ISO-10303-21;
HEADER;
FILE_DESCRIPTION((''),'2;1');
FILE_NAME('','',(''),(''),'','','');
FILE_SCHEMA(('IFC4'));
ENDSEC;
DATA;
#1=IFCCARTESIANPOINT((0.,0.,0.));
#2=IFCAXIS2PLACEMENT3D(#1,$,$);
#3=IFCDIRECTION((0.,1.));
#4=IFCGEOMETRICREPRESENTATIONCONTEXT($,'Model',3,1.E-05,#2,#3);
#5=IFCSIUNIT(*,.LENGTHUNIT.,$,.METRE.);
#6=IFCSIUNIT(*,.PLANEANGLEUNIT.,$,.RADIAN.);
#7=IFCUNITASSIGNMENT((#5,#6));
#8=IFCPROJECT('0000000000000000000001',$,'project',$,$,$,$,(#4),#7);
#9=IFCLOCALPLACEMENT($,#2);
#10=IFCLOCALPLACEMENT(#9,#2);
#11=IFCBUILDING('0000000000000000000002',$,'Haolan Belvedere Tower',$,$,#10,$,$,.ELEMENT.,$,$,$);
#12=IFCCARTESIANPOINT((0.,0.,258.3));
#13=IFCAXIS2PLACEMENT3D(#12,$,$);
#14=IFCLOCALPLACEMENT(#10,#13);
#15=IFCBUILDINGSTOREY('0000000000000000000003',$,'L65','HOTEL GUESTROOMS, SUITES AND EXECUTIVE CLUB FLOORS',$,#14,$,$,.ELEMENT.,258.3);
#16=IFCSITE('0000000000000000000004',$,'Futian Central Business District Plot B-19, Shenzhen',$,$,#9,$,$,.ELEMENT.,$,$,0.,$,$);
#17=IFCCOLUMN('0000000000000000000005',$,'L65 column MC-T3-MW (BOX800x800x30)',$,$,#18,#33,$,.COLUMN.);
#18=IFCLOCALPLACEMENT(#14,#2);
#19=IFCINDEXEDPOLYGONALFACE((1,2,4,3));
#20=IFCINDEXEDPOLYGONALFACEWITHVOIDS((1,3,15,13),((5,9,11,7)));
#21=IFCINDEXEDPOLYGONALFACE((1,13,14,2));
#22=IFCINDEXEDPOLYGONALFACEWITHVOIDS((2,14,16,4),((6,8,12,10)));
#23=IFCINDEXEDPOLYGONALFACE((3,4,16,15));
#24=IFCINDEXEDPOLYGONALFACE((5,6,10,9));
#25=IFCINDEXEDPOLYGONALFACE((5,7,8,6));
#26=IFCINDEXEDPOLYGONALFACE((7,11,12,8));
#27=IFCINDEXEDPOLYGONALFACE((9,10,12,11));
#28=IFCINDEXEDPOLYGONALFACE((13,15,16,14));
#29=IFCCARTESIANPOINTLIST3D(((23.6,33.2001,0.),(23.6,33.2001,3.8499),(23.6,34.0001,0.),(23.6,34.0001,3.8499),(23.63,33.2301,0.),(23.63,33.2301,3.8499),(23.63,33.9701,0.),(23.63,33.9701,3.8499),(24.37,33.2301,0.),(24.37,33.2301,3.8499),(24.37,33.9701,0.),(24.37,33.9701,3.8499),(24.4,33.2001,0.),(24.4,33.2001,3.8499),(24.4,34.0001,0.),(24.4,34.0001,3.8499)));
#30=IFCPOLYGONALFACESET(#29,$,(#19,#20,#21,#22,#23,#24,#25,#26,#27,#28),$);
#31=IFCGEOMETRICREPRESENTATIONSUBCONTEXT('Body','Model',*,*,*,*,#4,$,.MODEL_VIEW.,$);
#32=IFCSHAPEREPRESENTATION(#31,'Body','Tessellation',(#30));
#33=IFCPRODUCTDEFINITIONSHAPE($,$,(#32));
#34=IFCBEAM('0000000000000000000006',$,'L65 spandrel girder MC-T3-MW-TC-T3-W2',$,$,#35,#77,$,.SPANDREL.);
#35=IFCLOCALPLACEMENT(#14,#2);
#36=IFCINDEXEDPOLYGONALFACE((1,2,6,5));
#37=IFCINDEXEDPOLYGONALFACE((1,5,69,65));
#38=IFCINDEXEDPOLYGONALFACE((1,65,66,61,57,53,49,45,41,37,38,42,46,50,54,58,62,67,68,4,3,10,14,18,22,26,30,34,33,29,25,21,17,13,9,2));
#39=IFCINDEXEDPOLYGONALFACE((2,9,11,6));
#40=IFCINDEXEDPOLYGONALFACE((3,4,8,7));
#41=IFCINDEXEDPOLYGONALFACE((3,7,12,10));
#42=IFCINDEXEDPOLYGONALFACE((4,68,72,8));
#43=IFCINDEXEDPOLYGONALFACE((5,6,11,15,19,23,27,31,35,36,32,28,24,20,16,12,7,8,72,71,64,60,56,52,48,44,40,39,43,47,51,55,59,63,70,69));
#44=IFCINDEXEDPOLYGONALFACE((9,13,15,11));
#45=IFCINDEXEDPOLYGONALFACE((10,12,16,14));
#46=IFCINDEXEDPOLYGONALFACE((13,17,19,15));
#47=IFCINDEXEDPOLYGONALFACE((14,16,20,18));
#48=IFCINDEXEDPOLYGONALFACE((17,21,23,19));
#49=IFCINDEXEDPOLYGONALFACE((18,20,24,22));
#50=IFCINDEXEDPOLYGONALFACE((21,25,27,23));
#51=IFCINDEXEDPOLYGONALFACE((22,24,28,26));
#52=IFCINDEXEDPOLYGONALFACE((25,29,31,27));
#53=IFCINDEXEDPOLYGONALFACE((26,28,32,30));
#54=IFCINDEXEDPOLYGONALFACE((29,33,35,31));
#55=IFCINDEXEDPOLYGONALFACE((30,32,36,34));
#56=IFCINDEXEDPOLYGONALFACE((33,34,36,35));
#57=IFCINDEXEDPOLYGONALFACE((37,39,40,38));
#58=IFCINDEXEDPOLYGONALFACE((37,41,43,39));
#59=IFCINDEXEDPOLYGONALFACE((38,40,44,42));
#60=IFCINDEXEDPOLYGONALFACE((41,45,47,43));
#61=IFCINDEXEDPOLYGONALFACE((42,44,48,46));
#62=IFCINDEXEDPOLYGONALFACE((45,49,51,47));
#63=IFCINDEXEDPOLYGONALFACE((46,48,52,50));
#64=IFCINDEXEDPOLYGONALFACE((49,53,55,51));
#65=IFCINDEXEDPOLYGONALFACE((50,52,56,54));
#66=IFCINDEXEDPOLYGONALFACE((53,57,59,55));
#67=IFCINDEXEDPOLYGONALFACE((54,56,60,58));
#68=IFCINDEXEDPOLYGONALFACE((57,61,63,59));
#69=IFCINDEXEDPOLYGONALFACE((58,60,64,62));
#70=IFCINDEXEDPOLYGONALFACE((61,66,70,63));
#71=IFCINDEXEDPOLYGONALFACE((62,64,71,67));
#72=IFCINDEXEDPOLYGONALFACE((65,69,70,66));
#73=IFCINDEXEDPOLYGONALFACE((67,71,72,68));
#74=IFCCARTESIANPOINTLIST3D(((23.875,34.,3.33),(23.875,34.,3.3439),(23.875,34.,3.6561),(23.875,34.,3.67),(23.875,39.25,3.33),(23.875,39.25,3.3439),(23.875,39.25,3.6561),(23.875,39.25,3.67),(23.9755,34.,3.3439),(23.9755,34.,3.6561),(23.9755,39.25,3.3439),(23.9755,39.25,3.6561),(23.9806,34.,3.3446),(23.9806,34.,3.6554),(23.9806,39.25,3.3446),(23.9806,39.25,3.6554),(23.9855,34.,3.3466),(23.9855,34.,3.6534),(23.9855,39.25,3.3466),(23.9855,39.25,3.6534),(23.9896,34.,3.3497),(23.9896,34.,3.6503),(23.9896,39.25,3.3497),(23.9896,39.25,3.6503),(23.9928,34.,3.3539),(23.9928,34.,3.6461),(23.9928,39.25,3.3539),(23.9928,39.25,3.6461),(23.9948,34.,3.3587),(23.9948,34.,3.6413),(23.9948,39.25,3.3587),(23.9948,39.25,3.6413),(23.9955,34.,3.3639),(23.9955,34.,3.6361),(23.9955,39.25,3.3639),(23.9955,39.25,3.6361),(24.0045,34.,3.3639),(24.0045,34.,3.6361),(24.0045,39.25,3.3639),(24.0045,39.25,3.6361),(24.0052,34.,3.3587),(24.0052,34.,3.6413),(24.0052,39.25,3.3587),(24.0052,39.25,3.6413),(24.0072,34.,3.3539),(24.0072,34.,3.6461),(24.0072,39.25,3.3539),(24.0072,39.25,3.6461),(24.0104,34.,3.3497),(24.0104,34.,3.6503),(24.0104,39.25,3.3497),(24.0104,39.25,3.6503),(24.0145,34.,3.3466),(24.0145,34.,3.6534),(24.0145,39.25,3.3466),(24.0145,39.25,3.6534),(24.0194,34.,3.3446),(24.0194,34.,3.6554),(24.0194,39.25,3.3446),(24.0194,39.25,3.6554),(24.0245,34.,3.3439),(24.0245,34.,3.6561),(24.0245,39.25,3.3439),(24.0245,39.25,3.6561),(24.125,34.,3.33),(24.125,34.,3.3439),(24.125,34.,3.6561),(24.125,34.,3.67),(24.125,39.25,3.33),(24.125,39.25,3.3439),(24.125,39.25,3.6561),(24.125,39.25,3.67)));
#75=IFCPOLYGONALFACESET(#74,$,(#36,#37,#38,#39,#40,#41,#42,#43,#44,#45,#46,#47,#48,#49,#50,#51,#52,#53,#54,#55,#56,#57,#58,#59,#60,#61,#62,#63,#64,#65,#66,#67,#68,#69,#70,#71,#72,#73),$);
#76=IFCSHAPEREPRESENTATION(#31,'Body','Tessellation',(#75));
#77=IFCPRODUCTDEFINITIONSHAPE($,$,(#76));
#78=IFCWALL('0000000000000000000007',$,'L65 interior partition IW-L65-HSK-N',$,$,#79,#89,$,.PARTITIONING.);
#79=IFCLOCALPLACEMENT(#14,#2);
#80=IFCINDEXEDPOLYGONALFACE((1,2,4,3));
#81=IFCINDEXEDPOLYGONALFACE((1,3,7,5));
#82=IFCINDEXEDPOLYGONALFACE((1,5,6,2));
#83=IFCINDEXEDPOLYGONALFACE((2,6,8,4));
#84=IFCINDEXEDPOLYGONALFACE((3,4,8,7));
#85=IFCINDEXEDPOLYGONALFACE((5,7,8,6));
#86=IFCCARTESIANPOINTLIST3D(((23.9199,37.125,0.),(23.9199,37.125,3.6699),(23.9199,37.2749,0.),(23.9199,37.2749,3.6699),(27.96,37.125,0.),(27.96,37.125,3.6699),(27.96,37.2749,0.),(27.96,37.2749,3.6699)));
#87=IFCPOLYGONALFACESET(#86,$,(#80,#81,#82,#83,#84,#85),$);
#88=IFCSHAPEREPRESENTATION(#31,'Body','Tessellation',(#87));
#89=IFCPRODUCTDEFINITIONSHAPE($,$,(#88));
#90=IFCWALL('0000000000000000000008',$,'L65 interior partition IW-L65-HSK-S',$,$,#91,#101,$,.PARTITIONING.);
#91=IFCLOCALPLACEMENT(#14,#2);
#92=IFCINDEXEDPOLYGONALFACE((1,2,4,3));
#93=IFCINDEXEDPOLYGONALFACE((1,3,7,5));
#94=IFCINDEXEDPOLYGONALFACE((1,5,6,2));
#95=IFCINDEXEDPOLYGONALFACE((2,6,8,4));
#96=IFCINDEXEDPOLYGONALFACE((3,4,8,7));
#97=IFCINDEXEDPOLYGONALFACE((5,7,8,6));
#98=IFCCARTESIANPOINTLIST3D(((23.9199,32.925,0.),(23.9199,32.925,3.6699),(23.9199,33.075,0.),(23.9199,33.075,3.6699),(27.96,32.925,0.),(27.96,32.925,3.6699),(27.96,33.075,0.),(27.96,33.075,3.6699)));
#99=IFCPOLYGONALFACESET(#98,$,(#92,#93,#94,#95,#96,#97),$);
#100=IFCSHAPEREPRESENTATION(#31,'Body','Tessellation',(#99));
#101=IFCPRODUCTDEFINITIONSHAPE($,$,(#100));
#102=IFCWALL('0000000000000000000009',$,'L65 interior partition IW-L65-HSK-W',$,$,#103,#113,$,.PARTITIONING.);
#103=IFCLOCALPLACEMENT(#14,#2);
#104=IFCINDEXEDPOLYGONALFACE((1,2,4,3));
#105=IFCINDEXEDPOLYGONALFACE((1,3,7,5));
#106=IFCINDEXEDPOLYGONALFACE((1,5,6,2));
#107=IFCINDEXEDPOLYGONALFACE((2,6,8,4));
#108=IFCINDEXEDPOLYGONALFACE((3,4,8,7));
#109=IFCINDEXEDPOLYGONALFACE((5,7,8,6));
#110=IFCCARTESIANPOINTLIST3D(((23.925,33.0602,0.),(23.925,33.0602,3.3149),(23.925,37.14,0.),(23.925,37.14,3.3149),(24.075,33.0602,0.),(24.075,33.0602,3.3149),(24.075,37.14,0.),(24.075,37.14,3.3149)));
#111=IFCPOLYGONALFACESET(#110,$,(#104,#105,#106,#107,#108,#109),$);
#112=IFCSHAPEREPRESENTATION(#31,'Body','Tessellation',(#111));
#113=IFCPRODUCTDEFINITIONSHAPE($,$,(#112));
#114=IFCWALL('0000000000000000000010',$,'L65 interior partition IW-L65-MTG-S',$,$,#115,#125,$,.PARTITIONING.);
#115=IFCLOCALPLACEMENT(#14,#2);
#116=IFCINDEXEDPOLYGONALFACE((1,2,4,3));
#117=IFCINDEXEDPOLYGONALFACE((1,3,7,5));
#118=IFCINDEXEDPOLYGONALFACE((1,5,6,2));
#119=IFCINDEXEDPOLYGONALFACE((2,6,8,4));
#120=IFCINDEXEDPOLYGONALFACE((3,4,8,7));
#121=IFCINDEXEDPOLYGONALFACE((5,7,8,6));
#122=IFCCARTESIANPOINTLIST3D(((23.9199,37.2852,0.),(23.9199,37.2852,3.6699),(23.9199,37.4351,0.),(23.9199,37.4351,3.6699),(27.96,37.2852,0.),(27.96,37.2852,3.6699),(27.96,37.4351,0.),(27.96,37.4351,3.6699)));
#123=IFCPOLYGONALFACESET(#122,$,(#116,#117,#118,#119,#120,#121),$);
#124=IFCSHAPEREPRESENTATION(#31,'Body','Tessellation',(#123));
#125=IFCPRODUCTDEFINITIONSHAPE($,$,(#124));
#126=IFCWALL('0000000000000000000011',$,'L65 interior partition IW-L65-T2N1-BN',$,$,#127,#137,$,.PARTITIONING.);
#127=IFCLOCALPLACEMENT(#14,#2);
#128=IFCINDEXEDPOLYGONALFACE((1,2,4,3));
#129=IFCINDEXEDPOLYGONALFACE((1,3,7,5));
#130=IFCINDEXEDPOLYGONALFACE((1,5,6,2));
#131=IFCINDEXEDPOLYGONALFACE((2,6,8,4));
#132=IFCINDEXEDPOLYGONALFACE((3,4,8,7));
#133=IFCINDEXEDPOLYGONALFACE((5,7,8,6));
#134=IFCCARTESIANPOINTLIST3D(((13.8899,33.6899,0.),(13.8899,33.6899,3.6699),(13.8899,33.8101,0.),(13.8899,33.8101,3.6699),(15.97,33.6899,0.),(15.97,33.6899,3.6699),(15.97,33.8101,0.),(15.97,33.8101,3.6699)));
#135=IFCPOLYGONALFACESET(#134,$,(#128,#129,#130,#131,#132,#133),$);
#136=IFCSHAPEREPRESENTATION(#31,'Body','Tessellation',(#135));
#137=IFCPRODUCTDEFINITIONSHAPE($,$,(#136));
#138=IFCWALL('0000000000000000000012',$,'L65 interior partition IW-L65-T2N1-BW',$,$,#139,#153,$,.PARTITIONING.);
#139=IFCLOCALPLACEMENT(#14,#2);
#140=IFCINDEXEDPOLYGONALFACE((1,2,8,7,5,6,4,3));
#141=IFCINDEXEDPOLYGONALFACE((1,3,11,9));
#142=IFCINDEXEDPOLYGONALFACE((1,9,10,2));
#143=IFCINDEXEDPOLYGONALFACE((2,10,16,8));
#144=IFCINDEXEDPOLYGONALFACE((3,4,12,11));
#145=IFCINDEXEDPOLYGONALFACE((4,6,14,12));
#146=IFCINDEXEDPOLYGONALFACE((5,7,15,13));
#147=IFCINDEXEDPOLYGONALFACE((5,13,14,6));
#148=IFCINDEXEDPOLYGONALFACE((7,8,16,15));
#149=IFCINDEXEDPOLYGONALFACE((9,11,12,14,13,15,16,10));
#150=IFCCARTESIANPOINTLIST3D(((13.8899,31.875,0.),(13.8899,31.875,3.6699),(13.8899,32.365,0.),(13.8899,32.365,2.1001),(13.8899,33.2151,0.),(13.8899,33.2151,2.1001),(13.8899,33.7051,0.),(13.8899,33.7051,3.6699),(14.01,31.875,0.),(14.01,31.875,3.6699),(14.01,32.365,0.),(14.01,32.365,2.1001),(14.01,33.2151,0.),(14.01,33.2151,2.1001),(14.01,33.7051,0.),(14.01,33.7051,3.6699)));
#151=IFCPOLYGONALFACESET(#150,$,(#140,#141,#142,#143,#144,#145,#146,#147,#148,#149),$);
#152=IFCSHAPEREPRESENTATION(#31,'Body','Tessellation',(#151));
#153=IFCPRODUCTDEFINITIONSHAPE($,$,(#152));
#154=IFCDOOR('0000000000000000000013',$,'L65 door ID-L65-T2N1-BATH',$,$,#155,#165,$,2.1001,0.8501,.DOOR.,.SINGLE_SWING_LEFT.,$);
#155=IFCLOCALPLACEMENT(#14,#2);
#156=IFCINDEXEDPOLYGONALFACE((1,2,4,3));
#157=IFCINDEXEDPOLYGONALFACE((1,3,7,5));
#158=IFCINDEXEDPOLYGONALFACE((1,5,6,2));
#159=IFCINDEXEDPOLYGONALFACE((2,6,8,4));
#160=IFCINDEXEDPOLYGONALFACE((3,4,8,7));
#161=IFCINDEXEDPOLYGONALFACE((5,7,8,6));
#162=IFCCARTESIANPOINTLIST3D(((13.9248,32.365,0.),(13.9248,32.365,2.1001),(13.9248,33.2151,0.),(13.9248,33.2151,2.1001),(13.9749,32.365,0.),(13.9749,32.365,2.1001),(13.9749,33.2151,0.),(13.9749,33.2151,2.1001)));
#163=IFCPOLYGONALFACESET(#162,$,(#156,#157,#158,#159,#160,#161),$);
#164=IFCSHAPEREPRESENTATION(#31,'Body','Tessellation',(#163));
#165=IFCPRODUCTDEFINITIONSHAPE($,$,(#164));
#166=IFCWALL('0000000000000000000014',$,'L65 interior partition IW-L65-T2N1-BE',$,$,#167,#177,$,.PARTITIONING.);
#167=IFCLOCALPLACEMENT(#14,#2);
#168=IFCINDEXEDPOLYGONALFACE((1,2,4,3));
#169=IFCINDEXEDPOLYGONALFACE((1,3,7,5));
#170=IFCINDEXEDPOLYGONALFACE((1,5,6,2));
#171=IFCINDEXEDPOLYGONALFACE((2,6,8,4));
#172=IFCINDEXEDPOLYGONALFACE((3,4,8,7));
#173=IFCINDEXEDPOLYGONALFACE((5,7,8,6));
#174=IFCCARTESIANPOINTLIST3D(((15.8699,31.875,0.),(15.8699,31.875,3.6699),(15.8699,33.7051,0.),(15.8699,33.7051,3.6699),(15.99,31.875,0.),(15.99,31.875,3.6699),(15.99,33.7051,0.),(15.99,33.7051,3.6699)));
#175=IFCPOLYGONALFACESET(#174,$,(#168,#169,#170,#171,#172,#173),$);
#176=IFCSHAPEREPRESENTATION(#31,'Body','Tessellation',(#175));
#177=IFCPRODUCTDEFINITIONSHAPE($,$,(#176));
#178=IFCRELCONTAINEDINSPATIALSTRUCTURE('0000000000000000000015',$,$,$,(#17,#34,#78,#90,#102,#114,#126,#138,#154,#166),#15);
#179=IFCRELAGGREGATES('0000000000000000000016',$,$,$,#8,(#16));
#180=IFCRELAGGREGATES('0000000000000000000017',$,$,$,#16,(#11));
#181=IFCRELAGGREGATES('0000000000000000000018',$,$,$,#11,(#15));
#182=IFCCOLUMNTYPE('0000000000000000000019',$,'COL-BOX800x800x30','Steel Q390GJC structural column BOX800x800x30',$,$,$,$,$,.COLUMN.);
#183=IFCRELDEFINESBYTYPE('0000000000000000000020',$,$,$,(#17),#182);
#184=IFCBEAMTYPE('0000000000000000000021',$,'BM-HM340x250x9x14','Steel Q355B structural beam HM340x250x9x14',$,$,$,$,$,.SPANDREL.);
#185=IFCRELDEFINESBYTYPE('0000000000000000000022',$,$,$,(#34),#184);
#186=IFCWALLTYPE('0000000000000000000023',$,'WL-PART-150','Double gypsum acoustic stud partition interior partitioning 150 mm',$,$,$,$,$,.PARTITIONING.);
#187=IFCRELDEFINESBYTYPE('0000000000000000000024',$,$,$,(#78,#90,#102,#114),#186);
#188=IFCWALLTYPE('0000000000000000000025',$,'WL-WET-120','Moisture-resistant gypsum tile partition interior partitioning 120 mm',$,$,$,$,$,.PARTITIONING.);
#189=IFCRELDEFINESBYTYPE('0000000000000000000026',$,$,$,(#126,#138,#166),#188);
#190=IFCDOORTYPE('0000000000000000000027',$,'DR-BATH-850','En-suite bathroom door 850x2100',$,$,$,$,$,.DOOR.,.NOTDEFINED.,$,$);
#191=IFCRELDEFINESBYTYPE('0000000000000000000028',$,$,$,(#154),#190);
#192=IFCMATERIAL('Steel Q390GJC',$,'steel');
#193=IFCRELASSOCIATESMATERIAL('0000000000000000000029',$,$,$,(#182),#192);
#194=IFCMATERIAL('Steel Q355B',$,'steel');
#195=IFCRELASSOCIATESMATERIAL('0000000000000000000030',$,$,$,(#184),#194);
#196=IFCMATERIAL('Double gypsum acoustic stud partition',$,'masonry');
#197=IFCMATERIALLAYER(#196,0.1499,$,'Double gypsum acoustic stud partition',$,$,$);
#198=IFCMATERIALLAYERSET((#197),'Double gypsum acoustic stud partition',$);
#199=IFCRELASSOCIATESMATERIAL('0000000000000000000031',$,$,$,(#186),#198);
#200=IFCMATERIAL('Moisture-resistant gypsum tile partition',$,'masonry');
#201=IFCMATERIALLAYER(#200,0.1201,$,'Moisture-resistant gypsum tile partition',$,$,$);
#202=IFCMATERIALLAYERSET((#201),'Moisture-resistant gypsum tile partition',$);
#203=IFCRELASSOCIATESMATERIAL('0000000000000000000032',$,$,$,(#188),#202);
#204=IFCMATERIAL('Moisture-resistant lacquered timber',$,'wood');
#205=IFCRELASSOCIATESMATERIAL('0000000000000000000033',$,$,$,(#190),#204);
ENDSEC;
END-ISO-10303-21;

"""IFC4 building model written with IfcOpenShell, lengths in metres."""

from ifc_helpers import new_model, si_unit, direction, frame, frame_2d, origin, origin_2d, place, context, subcontext, project, spatial, rectangle, hollow_rectangle, i_section, extrude, material, layer, layer_set, material_profile, profile_set, type_object, element, fill, save


model = new_model("IFC4")

# Units and contexts
model_context = context("Model", 3, precision=1e-05, world=origin(), true_north=direction((0.0, 1.0)))
body_context = subcontext(model_context, "Body", "Model", "MODEL_VIEW")
ifc_project = project(units=[si_unit("LENGTHUNIT", "METRE"), si_unit("PLANEANGLEUNIT", "RADIAN")], contexts=[model_context])

# Site, building, storey
site_placement = place(None, origin())
site = spatial("IfcSite", under=ifc_project, at=site_placement, Name="Futian Central Business District Plot B-19, Shenzhen", CompositionType="ELEMENT", RefElevation=0.0)
building_placement = place(site_placement, origin())
building = spatial("IfcBuilding", under=site, at=building_placement, Name="Haolan Belvedere Tower", CompositionType="ELEMENT")
storey_placement = place(building_placement, frame((0.0, 0.0, 258.3)))
storey = spatial("IfcBuildingStorey", under=building, at=storey_placement, Name="L65", Description="HOTEL GUESTROOMS, SUITES AND EXECUTIVE CLUB FLOORS", CompositionType="ELEMENT", Elevation=258.3)

# Column
ifc_material_1 = material(Name="Steel Q390GJC", Category="steel")
ifc_material_profile_1 = material_profile(ifc_material_1, hollow_rectangle(XDim=0.8, YDim=0.8, WallThickness=0.03, at=origin_2d()), Name="Steel Q390GJC")
ifc_profile_set_1 = profile_set([ifc_material_profile_1], Name="Steel Q390GJC")
column_type = type_object("IfcColumnType", Name="COL-BOX800x800x30", Description="Steel Q390GJC structural column BOX800x800x30", PredefinedType="COLUMN", material=ifc_profile_set_1)
column_placement = place(storey_placement, frame((24.0, 33.6001, 0.0), z_axis=(0.0, 0.0, 1.0), x_axis=(1.0, 0.0, 0.0)))
element("IfcColumn", 1, at=column_placement, inside=storey, type_object=column_type, Name="L65 column MC-T3-MW (BOX800x800x30)", PredefinedType="COLUMN", context=body_context, shape_type="SweptSolid", body=[
    extrude(hollow_rectangle(XDim=0.8, YDim=0.8, WallThickness=0.03, at=origin_2d()), origin(), (0.0, 0.0, 1.0), 3.8499),
])

# Beam
ifc_material_2 = material(Name="Steel Q355B", Category="steel")
ifc_material_profile_2 = material_profile(ifc_material_2, i_section(OverallWidth=0.25, OverallDepth=0.3401, WebThickness=0.009, FlangeThickness=0.0139, FilletRadius=0.02, at=origin_2d()), Name="Steel Q355B")
ifc_profile_set_2 = profile_set([ifc_material_profile_2], Name="Steel Q355B")
beam_type = type_object("IfcBeamType", Name="BM-HM340x250x9x14", Description="Steel Q355B structural beam HM340x250x9x14", PredefinedType="SPANDREL", material=ifc_profile_set_2)
beam_placement = place(storey_placement, frame((24.0, 34.0, 3.5), z_axis=(0.0, 1.0, 0.0), x_axis=(-1.0, 0.0, 0.0)))
element("IfcBeam", 2, at=beam_placement, inside=storey, type_object=beam_type, Name="L65 spandrel girder MC-T3-MW-TC-T3-W2", PredefinedType="SPANDREL", context=body_context, shape_type="SweptSolid", body=[
    extrude(i_section(OverallWidth=0.25, OverallDepth=0.3401, WebThickness=0.009, FlangeThickness=0.0139, FilletRadius=0.02, at=origin_2d()), origin(), (0.0, 0.0, 1.0), 5.25),
])

# Walls
ifc_material_3 = material(Name="Double gypsum acoustic stud partition", Category="masonry")
ifc_layer_1 = layer(ifc_material_3, 0.1499, Name="Double gypsum acoustic stud partition")
ifc_layer_set_1 = layer_set([ifc_layer_1], Name="Double gypsum acoustic stud partition")
wall_type_1 = type_object("IfcWallType", Name="WL-PART-150", Description="Double gypsum acoustic stud partition interior partitioning 150 mm", PredefinedType="PARTITIONING", material=ifc_layer_set_1)
for number, where, z_axis, x_axis, name in (
    (3, (23.9199, 37.2, 0.0), (0.0, 0.0, 1.0), (1.0, 0.0, 0.0), "L65 interior partition IW-L65-HSK-N"),
    (4, (23.9199, 33.0, 0.0), (0.0, 0.0, 1.0), (1.0, 0.0, 0.0), "L65 interior partition IW-L65-HSK-S"),
):
    element("IfcWall", number, at=place(storey_placement, frame(where, z_axis=z_axis, x_axis=x_axis)), inside=storey, type_object=wall_type_1, Name=name, PredefinedType="PARTITIONING", context=body_context, shape_type="SweptSolid", body=[
        extrude(rectangle(XDim=4.04, YDim=0.1499, at=frame_2d((2.02, 0.0))), origin(), (0.0, 0.0, 1.0), 3.6699),
    ])
wall_1_placement = place(storey_placement, frame((24.0, 33.0601, 0.0), z_axis=(0.0, 0.0, 1.0), x_axis=(0.0, 1.0, 0.0)))
element("IfcWall", 5, at=wall_1_placement, inside=storey, type_object=wall_type_1, Name="L65 interior partition IW-L65-HSK-W", PredefinedType="PARTITIONING", context=body_context, shape_type="SweptSolid", body=[
    extrude(rectangle(XDim=4.0798, YDim=0.1499, at=frame_2d((2.04, 0.0))), origin(), (0.0, 0.0, 1.0), 3.3149),
])
wall_2_placement = place(storey_placement, frame((23.9199, 37.3601, 0.0), z_axis=(0.0, 0.0, 1.0), x_axis=(1.0, 0.0, 0.0)))
element("IfcWall", 6, at=wall_2_placement, inside=storey, type_object=wall_type_1, Name="L65 interior partition IW-L65-MTG-S", PredefinedType="PARTITIONING", context=body_context, shape_type="SweptSolid", body=[
    extrude(rectangle(XDim=4.04, YDim=0.1499, at=frame_2d((2.02, 0.0))), origin(), (0.0, 0.0, 1.0), 3.6699),
])
ifc_material_4 = material(Name="Moisture-resistant gypsum tile partition", Category="masonry")
ifc_layer_2 = layer(ifc_material_4, 0.1201, Name="Moisture-resistant gypsum tile partition")
ifc_layer_set_2 = layer_set([ifc_layer_2], Name="Moisture-resistant gypsum tile partition")
wall_type_2 = type_object("IfcWallType", Name="WL-WET-120", Description="Moisture-resistant gypsum tile partition interior partitioning 120 mm", PredefinedType="PARTITIONING", material=ifc_layer_set_2)
wall_3_placement = place(storey_placement, frame((13.8899, 33.75, 0.0), z_axis=(0.0, 0.0, 1.0), x_axis=(1.0, 0.0, 0.0)))
element("IfcWall", 7, at=wall_3_placement, inside=storey, type_object=wall_type_2, Name="L65 interior partition IW-L65-T2N1-BN", PredefinedType="PARTITIONING", context=body_context, shape_type="SweptSolid", body=[
    extrude(rectangle(XDim=2.0801, YDim=0.1201, at=frame_2d((1.04, 0.0))), origin(), (0.0, 0.0, 1.0), 3.6699),
])

# Wall, opening, door
wall_4_placement = place(storey_placement, frame((13.95, 31.875, 0.0), z_axis=(0.0, 0.0, 1.0), x_axis=(0.0, 1.0, 0.0)))
wall_4 = element("IfcWall", 8, at=wall_4_placement, inside=storey, type_object=wall_type_2, Name="L65 interior partition IW-L65-T2N1-BW", PredefinedType="PARTITIONING", context=body_context, shape_type="SweptSolid", body=[
    extrude(rectangle(XDim=1.8301, YDim=0.1201, at=frame_2d((0.915, 0.0))), origin(), (0.0, 0.0, 1.0), 3.6699),
])
opening_1_placement = place(wall_4_placement, frame((1.3401, 0.0, 0.0), z_axis=(0.0, 0.0, 1.0), x_axis=(-1.0, 0.0, 0.0)))
opening_1 = element("IfcOpeningElement", 9, at=opening_1_placement, cuts=wall_4, PredefinedType="OPENING", context=body_context, shape_type="SweptSolid", body=[
    extrude(rectangle(XDim=0.8501, YDim=2.1001, at=frame_2d((0.425, 1.05))), frame((0.0, 0.0701, 0.0), z_axis=(0.0, -1.0, 0.0), x_axis=(1.0, 0.0, 0.0)), (0.0, 0.0, 1.0), 0.1401),
])
ifc_material_5 = material(Name="Moisture-resistant lacquered timber", Category="wood")
door_type = type_object("IfcDoorType", Name="DR-BATH-850", Description="En-suite bathroom door 850x2100", OperationType="NOTDEFINED", PredefinedType="DOOR", material=ifc_material_5)
door_1_placement = place(opening_1_placement, origin())
door_1 = element("IfcDoor", 10, at=door_1_placement, inside=storey, type_object=door_type, Name="L65 door ID-L65-T2N1-BATH", OperationType="SINGLE_SWING_LEFT", OverallHeight=2.1001, OverallWidth=0.8501, PredefinedType="DOOR", context=body_context, shape_type="SweptSolid", body=[
    extrude(rectangle(XDim=0.8501, YDim=2.1001, at=frame_2d((0.425, 1.05))), frame((0.0, 0.0249, 0.0), z_axis=(0.0, -1.0, 0.0), x_axis=(1.0, 0.0, 0.0)), (0.0, 0.0, 1.0), 0.05),
])
fill(opening_1, door_1)

# Wall
wall_5_placement = place(storey_placement, frame((15.9299, 31.875, 0.0), z_axis=(0.0, 0.0, 1.0), x_axis=(0.0, 1.0, 0.0)))
element("IfcWall", 11, at=wall_5_placement, inside=storey, type_object=wall_type_2, Name="L65 interior partition IW-L65-T2N1-BE", PredefinedType="PARTITIONING", context=body_context, shape_type="SweptSolid", body=[
    extrude(rectangle(XDim=1.8301, YDim=0.1201, at=frame_2d((0.915, 0.0))), origin(), (0.0, 0.0, 1.0), 3.6699),
])

save(model, "model.ifc")
